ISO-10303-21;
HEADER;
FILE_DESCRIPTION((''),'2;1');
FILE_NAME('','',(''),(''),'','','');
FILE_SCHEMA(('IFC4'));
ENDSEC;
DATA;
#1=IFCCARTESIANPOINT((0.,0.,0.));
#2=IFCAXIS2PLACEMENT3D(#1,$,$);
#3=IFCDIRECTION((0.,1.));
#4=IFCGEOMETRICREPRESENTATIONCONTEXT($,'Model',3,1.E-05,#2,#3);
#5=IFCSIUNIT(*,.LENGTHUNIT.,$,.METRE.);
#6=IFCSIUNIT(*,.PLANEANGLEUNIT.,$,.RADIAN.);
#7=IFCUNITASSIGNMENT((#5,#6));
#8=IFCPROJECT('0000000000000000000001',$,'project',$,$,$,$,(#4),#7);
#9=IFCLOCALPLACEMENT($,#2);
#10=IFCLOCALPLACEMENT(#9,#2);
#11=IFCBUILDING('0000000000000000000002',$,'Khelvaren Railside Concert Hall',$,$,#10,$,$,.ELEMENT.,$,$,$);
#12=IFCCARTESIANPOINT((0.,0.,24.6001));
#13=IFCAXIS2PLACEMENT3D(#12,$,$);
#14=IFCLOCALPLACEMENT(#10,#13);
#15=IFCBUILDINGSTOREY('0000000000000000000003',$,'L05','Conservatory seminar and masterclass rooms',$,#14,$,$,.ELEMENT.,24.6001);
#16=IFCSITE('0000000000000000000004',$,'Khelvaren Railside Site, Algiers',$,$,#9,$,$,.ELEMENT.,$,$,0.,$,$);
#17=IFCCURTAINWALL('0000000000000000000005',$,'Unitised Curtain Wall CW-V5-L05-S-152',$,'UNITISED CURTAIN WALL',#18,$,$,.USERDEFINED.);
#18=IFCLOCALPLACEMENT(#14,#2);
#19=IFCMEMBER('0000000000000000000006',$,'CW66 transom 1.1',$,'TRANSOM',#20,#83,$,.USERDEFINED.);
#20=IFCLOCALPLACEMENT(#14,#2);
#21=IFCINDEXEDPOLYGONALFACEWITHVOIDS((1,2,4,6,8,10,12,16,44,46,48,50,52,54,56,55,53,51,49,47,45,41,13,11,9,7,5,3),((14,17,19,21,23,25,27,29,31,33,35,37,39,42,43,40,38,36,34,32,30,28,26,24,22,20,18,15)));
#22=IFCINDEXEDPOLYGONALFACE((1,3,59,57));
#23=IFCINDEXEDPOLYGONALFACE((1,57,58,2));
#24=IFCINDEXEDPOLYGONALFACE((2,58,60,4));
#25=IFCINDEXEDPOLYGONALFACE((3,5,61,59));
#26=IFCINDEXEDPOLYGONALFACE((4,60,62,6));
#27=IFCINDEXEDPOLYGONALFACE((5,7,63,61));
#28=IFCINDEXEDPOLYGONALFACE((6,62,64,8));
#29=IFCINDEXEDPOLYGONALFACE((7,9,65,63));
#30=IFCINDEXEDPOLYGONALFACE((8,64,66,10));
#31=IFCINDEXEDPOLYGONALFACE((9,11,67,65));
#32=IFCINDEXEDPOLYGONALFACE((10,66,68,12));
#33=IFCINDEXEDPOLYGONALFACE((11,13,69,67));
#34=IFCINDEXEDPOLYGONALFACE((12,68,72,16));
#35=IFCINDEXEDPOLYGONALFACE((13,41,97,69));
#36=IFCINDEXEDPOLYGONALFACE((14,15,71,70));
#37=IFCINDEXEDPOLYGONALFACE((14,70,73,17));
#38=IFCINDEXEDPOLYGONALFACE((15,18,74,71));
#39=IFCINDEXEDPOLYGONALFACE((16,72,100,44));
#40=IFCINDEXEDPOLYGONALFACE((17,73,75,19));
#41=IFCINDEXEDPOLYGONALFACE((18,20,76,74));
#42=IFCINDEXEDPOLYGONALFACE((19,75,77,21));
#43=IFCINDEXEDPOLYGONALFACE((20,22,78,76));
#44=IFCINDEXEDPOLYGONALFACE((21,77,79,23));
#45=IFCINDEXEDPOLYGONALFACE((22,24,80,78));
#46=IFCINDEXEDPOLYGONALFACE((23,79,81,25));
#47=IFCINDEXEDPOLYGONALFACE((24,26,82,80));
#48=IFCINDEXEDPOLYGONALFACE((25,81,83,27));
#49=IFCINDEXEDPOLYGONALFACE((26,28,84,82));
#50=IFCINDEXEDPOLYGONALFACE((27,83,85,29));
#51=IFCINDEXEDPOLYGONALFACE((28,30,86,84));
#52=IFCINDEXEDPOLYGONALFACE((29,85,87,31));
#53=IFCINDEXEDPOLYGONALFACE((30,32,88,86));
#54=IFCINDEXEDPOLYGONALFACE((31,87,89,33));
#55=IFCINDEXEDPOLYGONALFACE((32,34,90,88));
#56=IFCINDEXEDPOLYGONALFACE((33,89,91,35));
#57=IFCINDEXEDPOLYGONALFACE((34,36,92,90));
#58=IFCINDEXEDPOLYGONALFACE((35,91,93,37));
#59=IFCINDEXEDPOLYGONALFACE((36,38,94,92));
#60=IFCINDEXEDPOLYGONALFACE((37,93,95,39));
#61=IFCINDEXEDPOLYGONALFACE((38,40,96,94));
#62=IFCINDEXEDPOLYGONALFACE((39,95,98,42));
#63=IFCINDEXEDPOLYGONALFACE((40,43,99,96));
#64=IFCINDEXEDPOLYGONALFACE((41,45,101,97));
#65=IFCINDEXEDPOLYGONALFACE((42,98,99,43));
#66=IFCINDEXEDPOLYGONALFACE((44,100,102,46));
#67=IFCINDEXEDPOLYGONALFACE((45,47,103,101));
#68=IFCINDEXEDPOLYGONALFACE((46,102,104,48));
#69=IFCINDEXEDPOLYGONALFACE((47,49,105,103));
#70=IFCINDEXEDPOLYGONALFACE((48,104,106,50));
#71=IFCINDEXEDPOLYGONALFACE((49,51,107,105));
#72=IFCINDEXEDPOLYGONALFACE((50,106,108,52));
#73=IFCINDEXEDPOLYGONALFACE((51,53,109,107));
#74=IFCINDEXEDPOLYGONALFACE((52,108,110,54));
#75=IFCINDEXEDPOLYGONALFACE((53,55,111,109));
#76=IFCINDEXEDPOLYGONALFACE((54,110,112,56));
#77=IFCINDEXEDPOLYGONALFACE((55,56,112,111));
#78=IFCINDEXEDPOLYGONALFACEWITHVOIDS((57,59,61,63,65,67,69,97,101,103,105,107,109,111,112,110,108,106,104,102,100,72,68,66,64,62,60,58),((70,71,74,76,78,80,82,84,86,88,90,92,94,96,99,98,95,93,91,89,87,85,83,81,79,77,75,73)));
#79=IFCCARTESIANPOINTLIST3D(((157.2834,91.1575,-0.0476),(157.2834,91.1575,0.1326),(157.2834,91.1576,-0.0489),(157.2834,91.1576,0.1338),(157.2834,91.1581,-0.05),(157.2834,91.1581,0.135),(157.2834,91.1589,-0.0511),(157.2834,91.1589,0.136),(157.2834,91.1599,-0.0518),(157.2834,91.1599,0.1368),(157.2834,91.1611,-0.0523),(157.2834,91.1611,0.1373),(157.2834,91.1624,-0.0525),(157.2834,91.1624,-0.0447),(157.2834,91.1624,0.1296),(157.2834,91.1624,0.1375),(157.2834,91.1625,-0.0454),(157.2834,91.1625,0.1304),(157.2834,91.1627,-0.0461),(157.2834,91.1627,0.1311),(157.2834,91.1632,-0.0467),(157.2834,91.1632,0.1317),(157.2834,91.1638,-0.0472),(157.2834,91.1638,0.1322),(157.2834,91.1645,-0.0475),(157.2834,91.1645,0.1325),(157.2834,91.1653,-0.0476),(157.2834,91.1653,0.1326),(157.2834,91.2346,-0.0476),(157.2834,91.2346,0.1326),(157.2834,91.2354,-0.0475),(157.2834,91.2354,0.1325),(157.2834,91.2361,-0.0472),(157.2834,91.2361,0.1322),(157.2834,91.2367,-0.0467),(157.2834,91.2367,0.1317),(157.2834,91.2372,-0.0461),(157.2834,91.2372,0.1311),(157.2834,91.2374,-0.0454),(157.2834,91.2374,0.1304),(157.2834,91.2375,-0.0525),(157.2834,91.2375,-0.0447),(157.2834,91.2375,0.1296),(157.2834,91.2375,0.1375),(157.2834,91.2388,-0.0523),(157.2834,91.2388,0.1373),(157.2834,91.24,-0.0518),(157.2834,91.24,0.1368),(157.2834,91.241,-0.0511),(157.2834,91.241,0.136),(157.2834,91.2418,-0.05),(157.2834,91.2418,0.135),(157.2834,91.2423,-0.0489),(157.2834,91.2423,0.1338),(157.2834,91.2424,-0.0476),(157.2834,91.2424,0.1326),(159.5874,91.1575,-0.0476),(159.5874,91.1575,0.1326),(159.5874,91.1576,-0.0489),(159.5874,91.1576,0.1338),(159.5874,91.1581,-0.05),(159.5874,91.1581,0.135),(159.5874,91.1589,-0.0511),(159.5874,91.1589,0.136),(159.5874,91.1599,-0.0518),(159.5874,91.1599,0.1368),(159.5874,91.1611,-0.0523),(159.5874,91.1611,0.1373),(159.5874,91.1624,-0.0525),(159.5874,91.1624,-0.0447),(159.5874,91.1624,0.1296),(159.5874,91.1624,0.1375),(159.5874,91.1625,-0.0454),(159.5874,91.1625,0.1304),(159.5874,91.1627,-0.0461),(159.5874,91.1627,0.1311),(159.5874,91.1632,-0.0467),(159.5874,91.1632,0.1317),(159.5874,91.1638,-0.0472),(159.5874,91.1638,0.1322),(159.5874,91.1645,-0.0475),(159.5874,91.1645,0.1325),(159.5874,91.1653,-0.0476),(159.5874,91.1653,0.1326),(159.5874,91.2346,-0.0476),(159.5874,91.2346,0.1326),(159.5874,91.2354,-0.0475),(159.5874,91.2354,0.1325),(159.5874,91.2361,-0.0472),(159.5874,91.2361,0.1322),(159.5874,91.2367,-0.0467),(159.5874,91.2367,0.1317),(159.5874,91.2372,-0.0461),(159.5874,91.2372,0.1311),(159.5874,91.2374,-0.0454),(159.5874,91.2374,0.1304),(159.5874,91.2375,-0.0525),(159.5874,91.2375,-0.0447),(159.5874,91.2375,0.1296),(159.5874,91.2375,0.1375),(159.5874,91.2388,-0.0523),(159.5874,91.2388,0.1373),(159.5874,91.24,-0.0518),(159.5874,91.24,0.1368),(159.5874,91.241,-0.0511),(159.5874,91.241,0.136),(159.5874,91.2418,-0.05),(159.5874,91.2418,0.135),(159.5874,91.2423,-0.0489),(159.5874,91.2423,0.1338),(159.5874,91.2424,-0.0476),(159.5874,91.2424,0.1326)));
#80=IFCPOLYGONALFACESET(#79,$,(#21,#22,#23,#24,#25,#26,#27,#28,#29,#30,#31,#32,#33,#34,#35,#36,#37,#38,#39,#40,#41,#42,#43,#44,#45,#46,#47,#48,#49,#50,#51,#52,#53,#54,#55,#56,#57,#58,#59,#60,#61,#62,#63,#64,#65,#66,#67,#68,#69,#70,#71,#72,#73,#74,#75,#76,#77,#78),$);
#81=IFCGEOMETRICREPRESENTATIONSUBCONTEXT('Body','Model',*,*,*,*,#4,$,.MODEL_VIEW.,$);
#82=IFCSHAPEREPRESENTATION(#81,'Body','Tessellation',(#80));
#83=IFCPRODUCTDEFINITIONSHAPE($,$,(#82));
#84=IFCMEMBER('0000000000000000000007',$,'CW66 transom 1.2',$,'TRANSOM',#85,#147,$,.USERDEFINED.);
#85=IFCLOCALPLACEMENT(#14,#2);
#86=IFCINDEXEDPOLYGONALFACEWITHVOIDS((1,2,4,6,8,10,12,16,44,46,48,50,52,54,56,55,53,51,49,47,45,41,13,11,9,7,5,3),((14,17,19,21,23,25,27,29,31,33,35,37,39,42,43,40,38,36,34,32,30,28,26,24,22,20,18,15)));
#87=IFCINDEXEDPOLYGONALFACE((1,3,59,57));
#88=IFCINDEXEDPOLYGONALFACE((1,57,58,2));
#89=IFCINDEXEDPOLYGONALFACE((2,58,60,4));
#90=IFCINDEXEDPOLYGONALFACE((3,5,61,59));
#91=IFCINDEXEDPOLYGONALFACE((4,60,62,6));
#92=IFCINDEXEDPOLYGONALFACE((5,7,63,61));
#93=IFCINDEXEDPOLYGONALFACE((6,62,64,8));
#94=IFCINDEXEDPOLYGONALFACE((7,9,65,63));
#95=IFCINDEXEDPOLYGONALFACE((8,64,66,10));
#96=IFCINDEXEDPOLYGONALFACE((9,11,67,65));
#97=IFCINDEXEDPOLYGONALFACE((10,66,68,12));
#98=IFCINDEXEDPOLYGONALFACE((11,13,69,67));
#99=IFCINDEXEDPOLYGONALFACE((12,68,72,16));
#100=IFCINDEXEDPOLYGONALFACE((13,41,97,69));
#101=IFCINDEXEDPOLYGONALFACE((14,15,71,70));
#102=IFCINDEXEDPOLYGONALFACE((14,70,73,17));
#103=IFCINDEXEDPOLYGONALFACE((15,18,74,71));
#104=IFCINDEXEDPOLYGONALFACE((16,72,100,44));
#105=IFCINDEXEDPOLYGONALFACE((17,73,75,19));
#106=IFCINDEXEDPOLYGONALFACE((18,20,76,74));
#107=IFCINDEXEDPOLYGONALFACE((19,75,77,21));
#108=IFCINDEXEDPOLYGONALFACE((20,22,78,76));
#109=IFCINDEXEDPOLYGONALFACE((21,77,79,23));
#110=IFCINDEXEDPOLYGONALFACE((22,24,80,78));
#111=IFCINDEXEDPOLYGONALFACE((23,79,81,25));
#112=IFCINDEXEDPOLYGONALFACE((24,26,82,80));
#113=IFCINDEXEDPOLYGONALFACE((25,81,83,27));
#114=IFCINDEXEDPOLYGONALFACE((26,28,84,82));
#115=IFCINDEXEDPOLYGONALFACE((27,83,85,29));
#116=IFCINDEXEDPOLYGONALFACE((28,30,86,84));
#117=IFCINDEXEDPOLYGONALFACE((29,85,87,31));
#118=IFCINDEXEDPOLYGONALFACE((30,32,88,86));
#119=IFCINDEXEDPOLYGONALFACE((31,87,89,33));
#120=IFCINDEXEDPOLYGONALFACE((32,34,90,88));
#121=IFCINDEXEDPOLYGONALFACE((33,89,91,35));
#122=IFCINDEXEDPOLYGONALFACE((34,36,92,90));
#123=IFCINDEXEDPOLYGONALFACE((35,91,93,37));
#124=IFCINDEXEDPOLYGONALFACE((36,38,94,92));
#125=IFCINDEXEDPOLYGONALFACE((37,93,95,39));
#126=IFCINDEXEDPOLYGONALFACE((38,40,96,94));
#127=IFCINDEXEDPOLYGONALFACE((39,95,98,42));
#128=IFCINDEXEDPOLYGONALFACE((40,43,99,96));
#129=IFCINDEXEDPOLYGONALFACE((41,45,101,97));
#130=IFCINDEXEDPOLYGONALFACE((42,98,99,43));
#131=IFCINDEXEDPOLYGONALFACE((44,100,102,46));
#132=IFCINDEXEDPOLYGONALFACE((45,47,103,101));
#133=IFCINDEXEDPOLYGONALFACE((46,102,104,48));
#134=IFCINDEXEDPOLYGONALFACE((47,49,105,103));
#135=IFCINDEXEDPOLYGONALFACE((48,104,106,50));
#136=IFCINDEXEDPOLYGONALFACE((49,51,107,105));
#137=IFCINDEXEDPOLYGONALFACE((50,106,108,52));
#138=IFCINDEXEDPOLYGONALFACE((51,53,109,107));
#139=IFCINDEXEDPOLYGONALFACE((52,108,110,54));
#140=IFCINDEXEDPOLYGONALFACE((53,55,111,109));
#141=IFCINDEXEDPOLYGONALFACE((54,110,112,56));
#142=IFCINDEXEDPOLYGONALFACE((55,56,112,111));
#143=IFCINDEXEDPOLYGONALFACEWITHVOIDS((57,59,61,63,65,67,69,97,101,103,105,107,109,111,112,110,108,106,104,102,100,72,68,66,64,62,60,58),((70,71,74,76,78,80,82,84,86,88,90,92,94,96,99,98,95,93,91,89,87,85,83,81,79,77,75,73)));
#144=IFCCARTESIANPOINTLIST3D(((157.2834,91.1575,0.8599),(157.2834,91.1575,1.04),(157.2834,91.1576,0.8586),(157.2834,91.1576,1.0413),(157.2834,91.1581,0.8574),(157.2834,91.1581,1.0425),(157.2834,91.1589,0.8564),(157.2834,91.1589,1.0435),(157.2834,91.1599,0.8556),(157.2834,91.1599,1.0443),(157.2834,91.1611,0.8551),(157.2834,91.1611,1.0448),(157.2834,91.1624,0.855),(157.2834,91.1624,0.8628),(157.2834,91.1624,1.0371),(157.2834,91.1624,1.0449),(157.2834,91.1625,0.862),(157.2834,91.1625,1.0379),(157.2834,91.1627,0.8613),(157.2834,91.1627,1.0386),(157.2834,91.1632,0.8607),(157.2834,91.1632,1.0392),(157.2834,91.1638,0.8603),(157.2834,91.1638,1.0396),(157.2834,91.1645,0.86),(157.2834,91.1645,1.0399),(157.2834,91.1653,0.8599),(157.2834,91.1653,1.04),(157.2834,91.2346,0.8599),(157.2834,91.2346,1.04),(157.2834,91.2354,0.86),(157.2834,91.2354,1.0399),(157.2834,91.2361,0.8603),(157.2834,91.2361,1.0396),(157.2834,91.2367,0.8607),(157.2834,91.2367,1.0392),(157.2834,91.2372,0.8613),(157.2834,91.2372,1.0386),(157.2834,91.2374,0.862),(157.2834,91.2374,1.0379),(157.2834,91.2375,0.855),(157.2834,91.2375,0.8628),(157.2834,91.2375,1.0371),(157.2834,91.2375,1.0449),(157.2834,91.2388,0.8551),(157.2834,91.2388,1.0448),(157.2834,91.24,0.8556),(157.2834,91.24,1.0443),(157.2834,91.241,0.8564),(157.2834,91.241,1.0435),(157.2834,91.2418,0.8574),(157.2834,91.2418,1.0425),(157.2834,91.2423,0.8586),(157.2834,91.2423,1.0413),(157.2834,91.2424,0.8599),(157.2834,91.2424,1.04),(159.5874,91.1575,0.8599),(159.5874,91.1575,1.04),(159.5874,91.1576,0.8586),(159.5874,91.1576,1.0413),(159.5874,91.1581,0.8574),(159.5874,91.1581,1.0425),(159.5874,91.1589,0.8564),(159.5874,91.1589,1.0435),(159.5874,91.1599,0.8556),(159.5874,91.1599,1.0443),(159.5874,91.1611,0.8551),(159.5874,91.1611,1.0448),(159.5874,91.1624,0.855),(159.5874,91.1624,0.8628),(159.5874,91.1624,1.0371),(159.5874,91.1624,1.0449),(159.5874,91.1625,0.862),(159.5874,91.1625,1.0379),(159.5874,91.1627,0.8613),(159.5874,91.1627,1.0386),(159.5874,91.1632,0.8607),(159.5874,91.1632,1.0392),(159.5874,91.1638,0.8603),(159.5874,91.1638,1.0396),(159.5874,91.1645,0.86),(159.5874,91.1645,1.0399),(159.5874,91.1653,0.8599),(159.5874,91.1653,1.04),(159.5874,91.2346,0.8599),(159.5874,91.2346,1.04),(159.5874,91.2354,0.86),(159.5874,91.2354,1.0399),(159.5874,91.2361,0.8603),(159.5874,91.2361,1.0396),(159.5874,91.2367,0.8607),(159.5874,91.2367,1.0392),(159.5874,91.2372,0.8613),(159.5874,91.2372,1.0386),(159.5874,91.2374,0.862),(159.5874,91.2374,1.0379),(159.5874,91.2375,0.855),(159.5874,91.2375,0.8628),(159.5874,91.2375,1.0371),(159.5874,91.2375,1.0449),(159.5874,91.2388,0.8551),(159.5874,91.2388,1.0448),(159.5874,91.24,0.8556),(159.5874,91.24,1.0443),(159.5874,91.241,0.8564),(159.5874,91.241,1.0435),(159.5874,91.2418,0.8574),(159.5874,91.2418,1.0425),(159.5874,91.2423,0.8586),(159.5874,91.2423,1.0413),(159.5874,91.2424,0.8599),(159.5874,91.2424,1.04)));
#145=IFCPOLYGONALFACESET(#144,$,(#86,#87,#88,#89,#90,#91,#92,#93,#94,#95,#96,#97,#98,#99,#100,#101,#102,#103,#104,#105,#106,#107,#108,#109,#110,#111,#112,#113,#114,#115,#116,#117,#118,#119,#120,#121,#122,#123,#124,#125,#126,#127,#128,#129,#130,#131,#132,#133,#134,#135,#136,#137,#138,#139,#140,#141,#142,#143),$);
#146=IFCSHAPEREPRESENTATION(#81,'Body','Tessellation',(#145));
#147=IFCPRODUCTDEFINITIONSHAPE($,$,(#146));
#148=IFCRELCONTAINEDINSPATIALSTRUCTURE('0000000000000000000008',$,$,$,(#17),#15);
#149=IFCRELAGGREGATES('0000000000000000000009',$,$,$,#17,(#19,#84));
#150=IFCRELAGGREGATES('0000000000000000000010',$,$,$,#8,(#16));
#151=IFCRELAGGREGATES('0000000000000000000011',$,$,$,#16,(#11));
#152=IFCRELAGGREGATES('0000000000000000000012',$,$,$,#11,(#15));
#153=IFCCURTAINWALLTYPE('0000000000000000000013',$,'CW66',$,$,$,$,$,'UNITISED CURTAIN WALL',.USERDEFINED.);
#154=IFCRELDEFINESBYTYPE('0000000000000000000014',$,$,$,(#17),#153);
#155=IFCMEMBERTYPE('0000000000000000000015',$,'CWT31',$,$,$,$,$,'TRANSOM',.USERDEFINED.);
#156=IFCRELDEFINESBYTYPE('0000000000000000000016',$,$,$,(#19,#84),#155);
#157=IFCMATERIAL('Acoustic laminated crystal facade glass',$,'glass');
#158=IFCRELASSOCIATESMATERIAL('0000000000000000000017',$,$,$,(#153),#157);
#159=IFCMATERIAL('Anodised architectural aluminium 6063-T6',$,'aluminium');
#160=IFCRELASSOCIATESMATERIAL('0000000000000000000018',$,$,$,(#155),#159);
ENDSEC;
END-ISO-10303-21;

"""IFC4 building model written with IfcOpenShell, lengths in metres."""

from ifc_helpers import new_model, si_unit, direction, frame, origin, origin_2d, place, context, subcontext, project, spatial, hollow_rectangle, extrude, material, material_profile, profile_set, type_object, element, aggregate, save


model = new_model("IFC4")

# Units and contexts
model_context = context("Model", 3, precision=1e-05, world=origin(), true_north=direction((0.0, 1.0)))
body_context = subcontext(model_context, "Body", "Model", "MODEL_VIEW")
ifc_project = project(units=[si_unit("LENGTHUNIT", "METRE"), si_unit("PLANEANGLEUNIT", "RADIAN")], contexts=[model_context])

# Site, building, storey
site_placement = place(None, origin())
site = spatial("IfcSite", under=ifc_project, at=site_placement, Name="Khelvaren Railside Site, Algiers", CompositionType="ELEMENT", RefElevation=0.0)
building_placement = place(site_placement, origin())
building = spatial("IfcBuilding", under=site, at=building_placement, Name="Khelvaren Railside Concert Hall", CompositionType="ELEMENT")
storey_placement = place(building_placement, frame((0.0, 0.0, 24.6001)))
storey = spatial("IfcBuildingStorey", under=building, at=storey_placement, Name="L05", Description="Conservatory seminar and masterclass rooms", CompositionType="ELEMENT", Elevation=24.6001)

# Curtain wall, members
ifc_material_1 = material(Name="Acoustic laminated crystal facade glass", Category="glass")
curtain_wall_type = type_object("IfcCurtainWallType", Name="CW66", ElementType="UNITISED CURTAIN WALL", PredefinedType="USERDEFINED", material=ifc_material_1)
curtain_wall_placement = place(storey_placement, origin())
curtain_wall = element("IfcCurtainWall", 1, at=curtain_wall_placement, inside=storey, type_object=curtain_wall_type, Name="Unitised Curtain Wall CW-V5-L05-S-152", ObjectType="UNITISED CURTAIN WALL", PredefinedType="USERDEFINED")
ifc_material_2 = material(Name="Anodised architectural aluminium 6063-T6", Category="aluminium")
ifc_material_profile_1 = material_profile(ifc_material_2, hollow_rectangle(XDim=0.085, YDim=0.1899, WallThickness=0.0049, InnerFilletRadius=0.0029, OuterFilletRadius=0.0049, at=origin_2d()), Name="CWT 85x190x5")
ifc_profile_set_1 = profile_set([ifc_material_profile_1], Name="Anodised architectural aluminium 6063-T6")
member_type_1 = type_object("IfcMemberType", Name="CWT31", ElementType="TRANSOM", PredefinedType="USERDEFINED", material=ifc_profile_set_1)
member_1_placement = place(storey_placement, frame((159.5874, 91.2, 0.0425), z_axis=(-1.0, 0.0, 0.0), x_axis=(0.0, -1.0, 0.0)))
member_1 = element("IfcMember", 2, at=member_1_placement, type_object=member_type_1, Name="CW66 transom 1.1", ObjectType="TRANSOM", PredefinedType="USERDEFINED", context=body_context, shape_type="SweptSolid", body=[
    extrude(hollow_rectangle(XDim=0.085, YDim=0.1899, WallThickness=0.0049, InnerFilletRadius=0.0029, OuterFilletRadius=0.0049, at=origin_2d()), origin(), (0.0, 0.0, 1.0), 2.304),
])
member_2_placement = place(storey_placement, frame((159.5874, 91.2, 0.95), z_axis=(-1.0, 0.0, 0.0), x_axis=(0.0, -1.0, 0.0)))
member_2 = element("IfcMember", 3, at=member_2_placement, type_object=member_type_1, Name="CW66 transom 1.2", ObjectType="TRANSOM", PredefinedType="USERDEFINED", context=body_context, shape_type="SweptSolid", body=[
    extrude(hollow_rectangle(XDim=0.085, YDim=0.1899, WallThickness=0.0049, InnerFilletRadius=0.0029, OuterFilletRadius=0.0049, at=origin_2d()), origin(), (0.0, 0.0, 1.0), 2.304),
])
aggregate(curtain_wall, [member_1, member_2])

save(model, "model.ifc")
